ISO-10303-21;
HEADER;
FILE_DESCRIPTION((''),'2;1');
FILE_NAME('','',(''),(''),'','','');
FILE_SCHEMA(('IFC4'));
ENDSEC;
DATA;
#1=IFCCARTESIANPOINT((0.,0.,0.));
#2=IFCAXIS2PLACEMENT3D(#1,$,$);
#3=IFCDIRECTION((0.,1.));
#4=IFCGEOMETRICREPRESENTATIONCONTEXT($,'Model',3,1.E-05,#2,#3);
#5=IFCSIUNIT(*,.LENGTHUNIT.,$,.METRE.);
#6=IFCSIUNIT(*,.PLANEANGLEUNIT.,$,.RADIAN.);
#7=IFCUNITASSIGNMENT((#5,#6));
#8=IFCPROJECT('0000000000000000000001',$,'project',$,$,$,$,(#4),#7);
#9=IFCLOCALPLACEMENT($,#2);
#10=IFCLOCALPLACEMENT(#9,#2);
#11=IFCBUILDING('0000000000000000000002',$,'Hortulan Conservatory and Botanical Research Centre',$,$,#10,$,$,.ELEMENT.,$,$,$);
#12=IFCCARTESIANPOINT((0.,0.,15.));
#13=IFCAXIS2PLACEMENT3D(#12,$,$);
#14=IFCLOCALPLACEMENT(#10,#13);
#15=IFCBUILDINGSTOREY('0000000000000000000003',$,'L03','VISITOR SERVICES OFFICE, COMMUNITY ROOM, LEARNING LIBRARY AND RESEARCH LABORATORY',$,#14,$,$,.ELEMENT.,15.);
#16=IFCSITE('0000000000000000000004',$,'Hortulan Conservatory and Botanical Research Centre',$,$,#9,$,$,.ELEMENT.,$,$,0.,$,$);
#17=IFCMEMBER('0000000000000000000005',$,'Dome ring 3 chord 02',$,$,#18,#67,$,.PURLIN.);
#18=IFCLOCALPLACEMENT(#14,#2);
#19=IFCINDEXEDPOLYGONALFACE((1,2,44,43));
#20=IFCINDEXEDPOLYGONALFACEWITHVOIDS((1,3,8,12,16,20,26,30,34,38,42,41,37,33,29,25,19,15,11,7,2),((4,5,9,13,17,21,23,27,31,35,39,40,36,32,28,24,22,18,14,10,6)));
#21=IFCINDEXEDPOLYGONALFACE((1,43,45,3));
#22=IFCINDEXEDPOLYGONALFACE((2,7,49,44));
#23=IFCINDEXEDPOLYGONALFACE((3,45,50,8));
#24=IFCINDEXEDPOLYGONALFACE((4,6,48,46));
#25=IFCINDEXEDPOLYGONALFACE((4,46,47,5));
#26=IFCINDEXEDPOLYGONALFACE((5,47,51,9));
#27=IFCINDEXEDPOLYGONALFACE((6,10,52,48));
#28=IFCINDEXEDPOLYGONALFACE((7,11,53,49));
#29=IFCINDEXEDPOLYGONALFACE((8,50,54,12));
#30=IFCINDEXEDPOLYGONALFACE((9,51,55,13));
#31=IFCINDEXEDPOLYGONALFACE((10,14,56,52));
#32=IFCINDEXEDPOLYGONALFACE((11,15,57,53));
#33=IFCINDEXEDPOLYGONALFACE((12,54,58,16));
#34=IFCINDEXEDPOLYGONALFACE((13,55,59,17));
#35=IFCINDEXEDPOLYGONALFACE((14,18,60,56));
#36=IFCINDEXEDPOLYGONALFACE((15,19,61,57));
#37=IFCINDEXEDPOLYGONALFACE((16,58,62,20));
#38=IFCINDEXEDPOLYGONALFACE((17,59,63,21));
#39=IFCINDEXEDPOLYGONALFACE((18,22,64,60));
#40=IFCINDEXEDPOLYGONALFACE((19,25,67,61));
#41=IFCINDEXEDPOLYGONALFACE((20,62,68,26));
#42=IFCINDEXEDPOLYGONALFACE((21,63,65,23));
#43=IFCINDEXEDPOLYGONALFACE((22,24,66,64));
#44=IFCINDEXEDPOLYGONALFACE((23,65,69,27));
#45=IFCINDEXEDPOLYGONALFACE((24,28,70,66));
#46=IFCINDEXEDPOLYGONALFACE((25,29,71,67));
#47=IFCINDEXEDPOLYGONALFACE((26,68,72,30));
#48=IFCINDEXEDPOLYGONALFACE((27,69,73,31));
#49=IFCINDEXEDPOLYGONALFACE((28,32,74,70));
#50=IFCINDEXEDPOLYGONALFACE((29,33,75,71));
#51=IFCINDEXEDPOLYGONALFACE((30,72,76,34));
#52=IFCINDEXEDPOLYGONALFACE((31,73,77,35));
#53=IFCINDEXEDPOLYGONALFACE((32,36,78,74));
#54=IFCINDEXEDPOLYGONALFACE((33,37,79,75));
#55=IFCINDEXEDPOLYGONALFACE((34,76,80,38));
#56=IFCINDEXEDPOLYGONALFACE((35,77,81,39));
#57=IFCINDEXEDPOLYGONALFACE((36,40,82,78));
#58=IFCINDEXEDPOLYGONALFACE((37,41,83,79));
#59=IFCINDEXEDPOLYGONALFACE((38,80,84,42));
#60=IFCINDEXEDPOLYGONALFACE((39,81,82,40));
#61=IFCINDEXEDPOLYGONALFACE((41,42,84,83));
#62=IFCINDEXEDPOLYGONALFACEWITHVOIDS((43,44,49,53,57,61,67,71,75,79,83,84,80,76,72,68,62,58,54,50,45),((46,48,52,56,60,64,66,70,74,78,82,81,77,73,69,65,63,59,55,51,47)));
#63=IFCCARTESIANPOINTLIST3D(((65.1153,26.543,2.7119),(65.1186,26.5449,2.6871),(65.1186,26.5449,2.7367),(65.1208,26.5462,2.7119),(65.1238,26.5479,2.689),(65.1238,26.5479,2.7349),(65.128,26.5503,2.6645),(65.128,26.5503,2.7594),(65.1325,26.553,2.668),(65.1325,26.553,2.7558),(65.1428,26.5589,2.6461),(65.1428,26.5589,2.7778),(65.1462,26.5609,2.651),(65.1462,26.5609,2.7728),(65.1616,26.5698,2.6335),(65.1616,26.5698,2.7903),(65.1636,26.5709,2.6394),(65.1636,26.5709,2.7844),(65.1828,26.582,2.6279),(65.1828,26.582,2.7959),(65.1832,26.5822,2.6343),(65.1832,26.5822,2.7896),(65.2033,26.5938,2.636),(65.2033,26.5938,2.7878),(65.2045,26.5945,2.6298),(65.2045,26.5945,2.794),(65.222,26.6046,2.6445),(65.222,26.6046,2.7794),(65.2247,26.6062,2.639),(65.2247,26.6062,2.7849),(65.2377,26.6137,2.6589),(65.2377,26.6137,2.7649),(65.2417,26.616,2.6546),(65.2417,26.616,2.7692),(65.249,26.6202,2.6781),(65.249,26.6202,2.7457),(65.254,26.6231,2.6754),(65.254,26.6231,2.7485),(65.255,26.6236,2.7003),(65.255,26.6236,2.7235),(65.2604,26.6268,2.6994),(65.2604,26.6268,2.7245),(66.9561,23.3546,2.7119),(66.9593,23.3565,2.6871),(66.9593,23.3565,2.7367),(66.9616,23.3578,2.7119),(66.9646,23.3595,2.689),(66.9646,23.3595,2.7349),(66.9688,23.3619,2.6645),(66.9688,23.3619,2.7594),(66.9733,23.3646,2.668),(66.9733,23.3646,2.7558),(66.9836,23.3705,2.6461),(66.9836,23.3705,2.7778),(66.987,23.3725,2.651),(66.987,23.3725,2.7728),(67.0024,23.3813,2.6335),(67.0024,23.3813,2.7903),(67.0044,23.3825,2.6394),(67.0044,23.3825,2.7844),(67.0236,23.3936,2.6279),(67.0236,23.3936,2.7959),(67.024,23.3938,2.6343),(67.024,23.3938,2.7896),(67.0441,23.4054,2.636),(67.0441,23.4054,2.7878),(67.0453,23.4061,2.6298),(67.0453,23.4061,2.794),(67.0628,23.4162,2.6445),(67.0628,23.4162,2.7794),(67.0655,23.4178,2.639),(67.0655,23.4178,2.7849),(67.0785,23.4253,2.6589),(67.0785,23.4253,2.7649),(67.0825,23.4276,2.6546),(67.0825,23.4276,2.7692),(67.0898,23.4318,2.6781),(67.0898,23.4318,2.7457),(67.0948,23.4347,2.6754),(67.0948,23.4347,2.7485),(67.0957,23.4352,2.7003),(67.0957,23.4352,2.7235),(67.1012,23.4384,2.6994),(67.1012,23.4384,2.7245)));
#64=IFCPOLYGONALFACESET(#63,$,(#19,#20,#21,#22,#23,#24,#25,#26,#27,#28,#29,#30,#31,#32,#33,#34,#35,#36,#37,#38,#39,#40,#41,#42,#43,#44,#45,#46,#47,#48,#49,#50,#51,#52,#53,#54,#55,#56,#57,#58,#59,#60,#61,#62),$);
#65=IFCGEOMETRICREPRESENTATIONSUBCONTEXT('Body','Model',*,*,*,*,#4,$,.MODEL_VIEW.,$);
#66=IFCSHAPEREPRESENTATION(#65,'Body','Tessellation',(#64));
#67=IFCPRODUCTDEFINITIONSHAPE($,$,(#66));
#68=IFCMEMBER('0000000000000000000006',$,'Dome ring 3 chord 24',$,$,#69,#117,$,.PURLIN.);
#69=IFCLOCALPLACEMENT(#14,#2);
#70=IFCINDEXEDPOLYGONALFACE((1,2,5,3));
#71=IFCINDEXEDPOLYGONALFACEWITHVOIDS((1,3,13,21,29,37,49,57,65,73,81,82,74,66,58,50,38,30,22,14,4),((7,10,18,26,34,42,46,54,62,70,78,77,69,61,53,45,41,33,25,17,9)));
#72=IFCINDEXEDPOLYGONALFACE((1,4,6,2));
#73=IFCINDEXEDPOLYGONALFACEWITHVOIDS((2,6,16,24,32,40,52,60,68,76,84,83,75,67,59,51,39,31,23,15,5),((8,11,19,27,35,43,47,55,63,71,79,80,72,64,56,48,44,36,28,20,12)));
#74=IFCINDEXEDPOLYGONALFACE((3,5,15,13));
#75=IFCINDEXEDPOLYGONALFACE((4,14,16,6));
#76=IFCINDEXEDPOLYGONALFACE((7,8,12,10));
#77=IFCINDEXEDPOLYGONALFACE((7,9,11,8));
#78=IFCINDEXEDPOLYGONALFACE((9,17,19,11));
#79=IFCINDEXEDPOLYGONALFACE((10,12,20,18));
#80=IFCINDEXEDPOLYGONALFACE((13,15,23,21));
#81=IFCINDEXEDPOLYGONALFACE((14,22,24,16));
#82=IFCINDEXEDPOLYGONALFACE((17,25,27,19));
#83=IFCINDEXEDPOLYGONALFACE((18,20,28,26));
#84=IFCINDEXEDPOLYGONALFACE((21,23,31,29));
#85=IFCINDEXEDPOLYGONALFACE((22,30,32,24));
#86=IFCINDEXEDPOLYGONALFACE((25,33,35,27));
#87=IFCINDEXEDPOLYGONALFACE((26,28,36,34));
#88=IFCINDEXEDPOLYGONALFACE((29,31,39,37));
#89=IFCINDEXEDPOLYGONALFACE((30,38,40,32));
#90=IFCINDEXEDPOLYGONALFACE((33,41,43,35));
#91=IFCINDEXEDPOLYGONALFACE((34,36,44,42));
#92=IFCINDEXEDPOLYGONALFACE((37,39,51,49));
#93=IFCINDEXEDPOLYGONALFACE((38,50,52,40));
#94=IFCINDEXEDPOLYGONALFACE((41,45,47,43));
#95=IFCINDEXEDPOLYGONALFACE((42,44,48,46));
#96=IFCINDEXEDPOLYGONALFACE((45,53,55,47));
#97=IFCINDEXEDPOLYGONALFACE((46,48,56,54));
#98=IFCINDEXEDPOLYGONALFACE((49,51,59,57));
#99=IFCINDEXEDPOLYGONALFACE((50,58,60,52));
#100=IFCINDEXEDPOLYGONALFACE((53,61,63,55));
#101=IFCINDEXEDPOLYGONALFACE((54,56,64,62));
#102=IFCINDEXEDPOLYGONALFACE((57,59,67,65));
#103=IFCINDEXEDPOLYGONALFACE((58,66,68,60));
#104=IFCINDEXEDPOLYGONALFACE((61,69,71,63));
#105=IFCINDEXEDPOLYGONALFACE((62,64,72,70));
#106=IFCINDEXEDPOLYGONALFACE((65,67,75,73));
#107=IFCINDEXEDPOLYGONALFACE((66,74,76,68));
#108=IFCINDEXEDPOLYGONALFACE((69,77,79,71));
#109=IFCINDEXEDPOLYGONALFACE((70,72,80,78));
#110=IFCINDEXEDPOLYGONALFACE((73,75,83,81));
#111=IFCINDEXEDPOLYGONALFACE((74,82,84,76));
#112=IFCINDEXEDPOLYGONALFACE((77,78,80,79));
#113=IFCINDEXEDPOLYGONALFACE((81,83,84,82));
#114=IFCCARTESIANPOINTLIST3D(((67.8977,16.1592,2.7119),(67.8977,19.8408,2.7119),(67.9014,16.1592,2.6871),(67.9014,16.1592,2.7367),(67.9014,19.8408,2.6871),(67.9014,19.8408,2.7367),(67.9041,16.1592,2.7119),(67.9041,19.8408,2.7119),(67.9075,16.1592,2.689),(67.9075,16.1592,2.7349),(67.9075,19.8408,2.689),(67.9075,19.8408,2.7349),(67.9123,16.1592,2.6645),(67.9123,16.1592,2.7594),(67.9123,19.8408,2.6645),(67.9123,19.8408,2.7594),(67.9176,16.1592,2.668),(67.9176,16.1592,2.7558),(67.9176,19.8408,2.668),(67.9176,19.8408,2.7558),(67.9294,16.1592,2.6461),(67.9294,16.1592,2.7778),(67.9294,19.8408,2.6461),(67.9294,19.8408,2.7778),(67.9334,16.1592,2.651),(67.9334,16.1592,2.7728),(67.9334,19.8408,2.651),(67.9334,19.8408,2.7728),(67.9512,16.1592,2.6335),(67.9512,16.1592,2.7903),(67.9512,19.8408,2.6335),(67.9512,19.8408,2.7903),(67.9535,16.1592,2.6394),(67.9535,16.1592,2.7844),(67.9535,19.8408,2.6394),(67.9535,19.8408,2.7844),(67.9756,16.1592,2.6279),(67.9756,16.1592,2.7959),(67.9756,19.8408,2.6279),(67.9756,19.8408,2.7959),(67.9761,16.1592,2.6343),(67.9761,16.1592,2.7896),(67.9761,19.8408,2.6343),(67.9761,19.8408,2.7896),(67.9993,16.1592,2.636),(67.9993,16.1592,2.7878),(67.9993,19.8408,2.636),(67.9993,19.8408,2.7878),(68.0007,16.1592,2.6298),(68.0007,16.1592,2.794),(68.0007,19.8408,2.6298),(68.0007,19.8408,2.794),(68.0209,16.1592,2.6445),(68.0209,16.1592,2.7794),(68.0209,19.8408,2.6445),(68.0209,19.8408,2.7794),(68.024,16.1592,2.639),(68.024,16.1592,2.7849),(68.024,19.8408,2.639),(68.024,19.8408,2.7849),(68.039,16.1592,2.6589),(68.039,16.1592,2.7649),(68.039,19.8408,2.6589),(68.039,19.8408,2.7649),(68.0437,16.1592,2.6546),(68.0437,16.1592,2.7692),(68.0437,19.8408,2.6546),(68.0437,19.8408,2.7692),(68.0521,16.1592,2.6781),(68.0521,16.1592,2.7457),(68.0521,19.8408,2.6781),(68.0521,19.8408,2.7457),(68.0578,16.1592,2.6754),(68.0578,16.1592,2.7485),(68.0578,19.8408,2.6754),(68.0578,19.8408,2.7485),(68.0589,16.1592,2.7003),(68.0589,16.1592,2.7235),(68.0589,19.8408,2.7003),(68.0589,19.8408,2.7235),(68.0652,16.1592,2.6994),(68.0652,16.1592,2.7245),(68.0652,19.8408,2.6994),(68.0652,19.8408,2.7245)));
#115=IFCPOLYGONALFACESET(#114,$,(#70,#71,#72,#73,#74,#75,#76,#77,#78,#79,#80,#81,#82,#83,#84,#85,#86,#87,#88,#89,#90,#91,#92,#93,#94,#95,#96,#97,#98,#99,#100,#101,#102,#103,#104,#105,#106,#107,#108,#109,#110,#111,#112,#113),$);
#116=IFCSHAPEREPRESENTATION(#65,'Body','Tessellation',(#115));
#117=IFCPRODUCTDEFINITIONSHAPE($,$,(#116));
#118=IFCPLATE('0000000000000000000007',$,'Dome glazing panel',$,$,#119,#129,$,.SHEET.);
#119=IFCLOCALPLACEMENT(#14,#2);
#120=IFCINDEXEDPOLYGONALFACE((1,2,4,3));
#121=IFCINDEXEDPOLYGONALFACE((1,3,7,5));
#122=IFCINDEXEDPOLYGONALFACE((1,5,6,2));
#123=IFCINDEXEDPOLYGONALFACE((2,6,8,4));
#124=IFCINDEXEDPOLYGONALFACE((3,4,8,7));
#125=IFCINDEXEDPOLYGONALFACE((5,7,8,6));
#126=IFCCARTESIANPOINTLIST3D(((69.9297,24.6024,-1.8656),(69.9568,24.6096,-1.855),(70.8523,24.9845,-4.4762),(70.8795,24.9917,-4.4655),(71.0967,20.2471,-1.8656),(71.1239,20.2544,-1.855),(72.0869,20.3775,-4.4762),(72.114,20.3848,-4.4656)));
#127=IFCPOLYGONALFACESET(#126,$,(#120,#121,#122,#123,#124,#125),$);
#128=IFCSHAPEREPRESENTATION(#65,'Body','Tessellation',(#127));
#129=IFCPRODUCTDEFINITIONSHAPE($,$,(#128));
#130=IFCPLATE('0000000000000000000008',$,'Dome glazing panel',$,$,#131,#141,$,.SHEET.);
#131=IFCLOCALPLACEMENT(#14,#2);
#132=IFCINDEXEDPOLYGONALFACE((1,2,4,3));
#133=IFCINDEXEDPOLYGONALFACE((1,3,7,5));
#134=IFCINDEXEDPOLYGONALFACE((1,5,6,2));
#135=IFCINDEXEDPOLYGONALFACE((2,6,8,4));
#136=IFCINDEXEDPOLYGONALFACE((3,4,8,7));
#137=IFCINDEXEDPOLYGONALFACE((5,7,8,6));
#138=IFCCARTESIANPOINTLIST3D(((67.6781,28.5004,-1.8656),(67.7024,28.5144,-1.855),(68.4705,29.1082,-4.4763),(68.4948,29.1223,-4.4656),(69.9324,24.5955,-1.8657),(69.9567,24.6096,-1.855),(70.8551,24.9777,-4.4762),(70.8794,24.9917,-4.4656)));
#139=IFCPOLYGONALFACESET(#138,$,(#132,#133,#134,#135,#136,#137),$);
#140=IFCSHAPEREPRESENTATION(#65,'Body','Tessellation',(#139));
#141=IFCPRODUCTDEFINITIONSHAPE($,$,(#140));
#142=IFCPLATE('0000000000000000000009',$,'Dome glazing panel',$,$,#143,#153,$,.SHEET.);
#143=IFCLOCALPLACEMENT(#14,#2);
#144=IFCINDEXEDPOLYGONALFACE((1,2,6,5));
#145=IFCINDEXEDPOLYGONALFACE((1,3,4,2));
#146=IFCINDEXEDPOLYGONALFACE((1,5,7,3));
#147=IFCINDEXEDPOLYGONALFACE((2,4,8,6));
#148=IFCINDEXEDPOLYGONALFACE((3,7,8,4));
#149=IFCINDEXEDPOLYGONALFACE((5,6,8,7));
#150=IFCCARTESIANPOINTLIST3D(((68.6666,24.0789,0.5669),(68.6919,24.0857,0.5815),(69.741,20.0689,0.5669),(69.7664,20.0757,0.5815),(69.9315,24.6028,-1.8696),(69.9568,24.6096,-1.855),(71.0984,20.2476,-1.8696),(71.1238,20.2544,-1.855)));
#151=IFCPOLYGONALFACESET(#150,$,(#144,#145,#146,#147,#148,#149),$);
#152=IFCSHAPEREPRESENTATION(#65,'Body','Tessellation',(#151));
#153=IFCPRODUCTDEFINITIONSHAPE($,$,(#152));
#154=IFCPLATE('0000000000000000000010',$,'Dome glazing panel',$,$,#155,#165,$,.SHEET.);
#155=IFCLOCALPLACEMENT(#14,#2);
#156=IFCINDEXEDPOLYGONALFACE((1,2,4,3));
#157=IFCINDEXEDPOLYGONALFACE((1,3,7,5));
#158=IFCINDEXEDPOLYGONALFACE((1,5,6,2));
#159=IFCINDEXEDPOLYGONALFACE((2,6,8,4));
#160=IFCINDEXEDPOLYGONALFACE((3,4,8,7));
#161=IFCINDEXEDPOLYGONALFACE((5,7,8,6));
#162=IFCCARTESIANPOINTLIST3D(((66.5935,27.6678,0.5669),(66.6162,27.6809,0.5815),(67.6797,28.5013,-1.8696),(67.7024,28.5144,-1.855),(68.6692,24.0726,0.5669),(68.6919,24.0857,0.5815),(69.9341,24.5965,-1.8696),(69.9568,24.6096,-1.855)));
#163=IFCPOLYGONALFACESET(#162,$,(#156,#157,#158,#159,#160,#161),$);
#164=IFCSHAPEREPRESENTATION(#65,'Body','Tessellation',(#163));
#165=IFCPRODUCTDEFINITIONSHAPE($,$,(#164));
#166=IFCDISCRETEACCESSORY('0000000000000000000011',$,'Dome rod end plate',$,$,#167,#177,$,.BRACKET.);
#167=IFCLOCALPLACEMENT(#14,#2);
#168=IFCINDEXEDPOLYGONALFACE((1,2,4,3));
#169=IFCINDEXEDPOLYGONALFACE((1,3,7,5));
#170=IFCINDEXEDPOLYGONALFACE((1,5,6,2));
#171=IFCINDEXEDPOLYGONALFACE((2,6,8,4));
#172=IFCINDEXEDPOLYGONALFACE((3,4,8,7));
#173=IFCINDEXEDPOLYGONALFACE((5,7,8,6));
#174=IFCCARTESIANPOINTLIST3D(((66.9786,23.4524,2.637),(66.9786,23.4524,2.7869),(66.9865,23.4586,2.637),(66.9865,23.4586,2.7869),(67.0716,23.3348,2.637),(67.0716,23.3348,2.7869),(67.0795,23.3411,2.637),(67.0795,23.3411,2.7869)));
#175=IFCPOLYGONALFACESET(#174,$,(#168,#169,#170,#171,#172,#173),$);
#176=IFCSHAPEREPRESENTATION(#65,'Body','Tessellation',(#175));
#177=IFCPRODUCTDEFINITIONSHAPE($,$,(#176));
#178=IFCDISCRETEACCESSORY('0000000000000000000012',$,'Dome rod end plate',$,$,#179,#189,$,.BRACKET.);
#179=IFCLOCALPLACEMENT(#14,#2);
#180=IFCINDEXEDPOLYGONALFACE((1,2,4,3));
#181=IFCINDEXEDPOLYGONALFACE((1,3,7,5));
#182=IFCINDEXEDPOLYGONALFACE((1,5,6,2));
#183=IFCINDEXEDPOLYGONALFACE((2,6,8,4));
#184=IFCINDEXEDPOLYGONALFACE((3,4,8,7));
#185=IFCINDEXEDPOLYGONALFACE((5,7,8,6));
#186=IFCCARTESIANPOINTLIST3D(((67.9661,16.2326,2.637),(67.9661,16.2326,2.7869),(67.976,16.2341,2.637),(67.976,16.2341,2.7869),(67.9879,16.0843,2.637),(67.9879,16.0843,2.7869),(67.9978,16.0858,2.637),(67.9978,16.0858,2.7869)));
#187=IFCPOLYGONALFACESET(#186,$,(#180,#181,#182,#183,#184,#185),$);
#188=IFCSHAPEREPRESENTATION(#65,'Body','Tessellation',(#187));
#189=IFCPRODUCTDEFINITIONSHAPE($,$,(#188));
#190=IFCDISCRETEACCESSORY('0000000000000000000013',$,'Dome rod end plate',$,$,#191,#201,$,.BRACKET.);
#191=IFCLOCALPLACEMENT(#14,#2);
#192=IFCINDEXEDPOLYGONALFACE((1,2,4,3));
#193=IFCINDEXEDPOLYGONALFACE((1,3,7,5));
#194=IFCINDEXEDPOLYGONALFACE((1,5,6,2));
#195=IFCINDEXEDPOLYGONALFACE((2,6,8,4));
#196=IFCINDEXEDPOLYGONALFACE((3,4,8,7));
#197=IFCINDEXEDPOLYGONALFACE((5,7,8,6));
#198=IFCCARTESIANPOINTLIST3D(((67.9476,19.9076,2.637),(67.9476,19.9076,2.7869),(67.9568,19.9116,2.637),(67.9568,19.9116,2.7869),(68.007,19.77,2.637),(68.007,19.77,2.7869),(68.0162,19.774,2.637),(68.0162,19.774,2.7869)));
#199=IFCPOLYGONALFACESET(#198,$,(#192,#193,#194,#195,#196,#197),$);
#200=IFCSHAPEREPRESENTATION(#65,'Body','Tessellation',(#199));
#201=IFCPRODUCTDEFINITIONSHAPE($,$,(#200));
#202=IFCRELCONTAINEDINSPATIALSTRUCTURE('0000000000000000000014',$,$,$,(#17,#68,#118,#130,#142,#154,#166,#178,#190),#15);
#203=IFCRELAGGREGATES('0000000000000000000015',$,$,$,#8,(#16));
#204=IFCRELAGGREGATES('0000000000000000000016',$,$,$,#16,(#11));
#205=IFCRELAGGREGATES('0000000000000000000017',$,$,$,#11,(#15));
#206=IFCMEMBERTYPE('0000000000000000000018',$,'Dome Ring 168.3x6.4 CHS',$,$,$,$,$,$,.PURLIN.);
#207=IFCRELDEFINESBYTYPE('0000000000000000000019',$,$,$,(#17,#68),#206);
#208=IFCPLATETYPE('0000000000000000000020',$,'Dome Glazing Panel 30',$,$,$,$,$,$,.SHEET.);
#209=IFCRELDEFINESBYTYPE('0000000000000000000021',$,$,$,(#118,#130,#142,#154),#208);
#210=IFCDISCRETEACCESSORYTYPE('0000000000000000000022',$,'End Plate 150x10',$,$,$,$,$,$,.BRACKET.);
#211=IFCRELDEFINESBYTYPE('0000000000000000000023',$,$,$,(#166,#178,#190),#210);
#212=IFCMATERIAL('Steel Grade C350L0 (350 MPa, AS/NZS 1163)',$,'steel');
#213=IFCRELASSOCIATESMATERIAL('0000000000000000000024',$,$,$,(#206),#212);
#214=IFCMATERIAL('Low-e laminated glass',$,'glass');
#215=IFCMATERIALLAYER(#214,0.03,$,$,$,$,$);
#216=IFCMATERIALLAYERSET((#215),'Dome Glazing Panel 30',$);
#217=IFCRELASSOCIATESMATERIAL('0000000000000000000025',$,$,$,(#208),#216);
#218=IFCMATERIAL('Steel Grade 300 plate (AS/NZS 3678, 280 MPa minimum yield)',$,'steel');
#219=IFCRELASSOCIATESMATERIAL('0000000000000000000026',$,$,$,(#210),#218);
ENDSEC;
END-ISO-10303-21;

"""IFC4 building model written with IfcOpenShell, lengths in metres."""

from ifc_helpers import new_model, si_unit, direction, frame, origin, origin_2d, place, context, subcontext, project, spatial, polyline, rectangle, hollow_circle, outline, extrude, material, layer, layer_set, material_profile, profile_set, type_object, element, save


model = new_model("IFC4")

# Units and contexts
model_context = context("Model", 3, precision=1e-05, world=origin(), true_north=direction((0.0, 1.0)))
body_context = subcontext(model_context, "Body", "Model", "MODEL_VIEW")
ifc_project = project(units=[si_unit("LENGTHUNIT", "METRE"), si_unit("PLANEANGLEUNIT", "RADIAN")], contexts=[model_context])

# Site, building, storey
site_placement = place(None, origin())
site = spatial("IfcSite", under=ifc_project, at=site_placement, Name="Hortulan Conservatory and Botanical Research Centre", CompositionType="ELEMENT", RefElevation=0.0)
building_placement = place(site_placement, origin())
building = spatial("IfcBuilding", under=site, at=building_placement, Name="Hortulan Conservatory and Botanical Research Centre", CompositionType="ELEMENT")
storey_placement = place(building_placement, frame((0.0, 0.0, 15.0)))
storey = spatial("IfcBuildingStorey", under=building, at=storey_placement, Name="L03", Description="VISITOR SERVICES OFFICE, COMMUNITY ROOM, LEARNING LIBRARY AND RESEARCH LABORATORY", CompositionType="ELEMENT", Elevation=15.0)

# Shared definitions
ifc_material_1 = material(Name="Steel Grade C350L0 (350 MPa, AS/NZS 1163)", Category="steel")

# Members
ifc_material_profile_1 = material_profile(ifc_material_1, hollow_circle(Radius=0.0842, WallThickness=0.0063, at=origin_2d()), Name="168.3x6.4CHS")
ifc_profile_set_1 = profile_set([ifc_material_profile_1], Name="Steel Grade C350L0 (350 MPa, AS/NZS 1163)")
member_type_1 = type_object("IfcMemberType", Name="Dome Ring 168.3x6.4 CHS", PredefinedType="PURLIN", material=ifc_profile_set_1)
for number, where, z_axis, x_axis, name in (
    (1, (67.0291, 23.3967, 2.7119), (-0.49999, 0.866031, 0.0), (-0.866031, -0.49999, 0.0), "Dome ring 3 chord 02"),
    (2, (67.9819, 16.1592, 2.7119), (0.0, 1.0, 0.0), (-1.0, 0.0, 0.0), "Dome ring 3 chord 24"),
):
    element("IfcMember", number, at=place(storey_placement, frame(where, z_axis=z_axis, x_axis=x_axis)), inside=storey, type_object=member_type_1, Name=name, PredefinedType="PURLIN", context=body_context, shape_type="SweptSolid", body=[
        extrude(hollow_circle(Radius=0.0842, WallThickness=0.0063, at=origin_2d()), origin(), (0.0, 0.0, 1.0), 3.6816),
    ])

# Plates
ifc_material_2 = material(Name="Low-e laminated glass", Category="glass")
ifc_layer = layer(ifc_material_2, 0.03)
ifc_layer_set = layer_set([ifc_layer], Name="Dome Glazing Panel 30")
plate_type = type_object("IfcPlateType", Name="Dome Glazing Panel 30", PredefinedType="SHEET", material=ifc_layer_set)
plate_1_placement = place(storey_placement, frame((72.114, 20.3848, -4.4656), z_axis=(0.903142, 0.242017, 0.35463), x_axis=(-0.258842, 0.96592, 0.000006)))
element("IfcPlate", 3, at=plate_1_placement, inside=storey, type_object=plate_type, Name="Dome glazing panel", PredefinedType="SHEET", context=body_context, shape_type="SweptSolid", body=[
    extrude(outline(polyline([(0.0, 0.0), (4.7695, 0.0), (4.6393, 2.792), (0.1304, 2.7921), (0.0, 0.0)])), origin(), (0.0, 0.0, -1.0), 0.03),
])
plate_2_placement = place(storey_placement, frame((70.8794, 24.9917, -4.4656), z_axis=(0.809753, 0.467479, 0.354631), x_axis=(-0.499971, 0.866042, -0.000007)))
element("IfcPlate", 4, at=plate_2_placement, inside=storey, type_object=plate_type, Name="Dome glazing panel", PredefinedType="SHEET", context=body_context, shape_type="SweptSolid", body=[
    extrude(outline(polyline([(0.0, 0.0), (4.7695, 0.0), (4.6392, 2.7921), (0.1304, 2.792), (0.0, 0.0)])), origin(), (0.0, 0.0, -1.0), 0.03),
])
plate_3_placement = place(storey_placement, frame((71.1238, 20.2544, -1.855), z_axis=(0.843814, 0.226099, 0.486679), x_axis=(-0.258819, 0.965926, 0.000001)))
element("IfcPlate", 5, at=plate_3_placement, inside=storey, type_object=plate_type, Name="Dome glazing panel", PredefinedType="SHEET", context=body_context, shape_type="SweptSolid", body=[
    extrude(outline(polyline([(0.0, 0.0), (4.5089, 0.0), (4.3302, 2.7891), (0.1787, 2.7891), (0.0, 0.0)])), origin(), (0.0, 0.0, -1.0), 0.03),
])
plate_4_placement = place(storey_placement, frame((69.9568, 24.6096, -1.855), z_axis=(0.756546, 0.436787, 0.486677), x_axis=(-0.499995, 0.866028, -0.000001)))
element("IfcPlate", 6, at=plate_4_placement, inside=storey, type_object=plate_type, Name="Dome glazing panel", PredefinedType="SHEET", context=body_context, shape_type="SweptSolid", body=[
    extrude(outline(polyline([(0.0, 0.0), (4.5088, 0.0), (4.3301, 2.7891), (0.1787, 2.7891), (0.0, 0.0)])), origin(), (0.0, 0.0, -1.0), 0.03),
])

# Discrete accessories
ifc_material_3 = material(Name="Steel Grade 300 plate (AS/NZS 3678, 280 MPa minimum yield)", Category="steel")
discrete_accessory_type = type_object("IfcDiscreteAccessoryType", Name="End Plate 150x10", PredefinedType="BRACKET", material=ifc_material_3)
for number, where, z_axis, x_axis, name in (
    (7, (67.0291, 23.3967, 2.637), (0.0, 0.0, 1.0), (0.620505, -0.784203, 0.0), "Dome rod end plate"),
    (8, (67.9819, 16.1592, 2.637), (0.0, 0.0, 1.0), (0.145254, -0.989394, 0.0), "Dome rod end plate"),
    (9, (67.9819, 19.8408, 2.637), (0.0, 0.0, 1.0), (0.396395, -0.91808, 0.0), "Dome rod end plate"),
):
    element("IfcDiscreteAccessory", number, at=place(storey_placement, frame(where, z_axis=z_axis, x_axis=x_axis)), inside=storey, type_object=discrete_accessory_type, Name=name, PredefinedType="BRACKET", context=body_context, shape_type="SweptSolid", body=[
        extrude(rectangle(XDim=0.1499, YDim=0.01, at=origin_2d()), origin(), (0.0, 0.0, 1.0), 0.1499),
    ])

save(model, "model.ifc")
